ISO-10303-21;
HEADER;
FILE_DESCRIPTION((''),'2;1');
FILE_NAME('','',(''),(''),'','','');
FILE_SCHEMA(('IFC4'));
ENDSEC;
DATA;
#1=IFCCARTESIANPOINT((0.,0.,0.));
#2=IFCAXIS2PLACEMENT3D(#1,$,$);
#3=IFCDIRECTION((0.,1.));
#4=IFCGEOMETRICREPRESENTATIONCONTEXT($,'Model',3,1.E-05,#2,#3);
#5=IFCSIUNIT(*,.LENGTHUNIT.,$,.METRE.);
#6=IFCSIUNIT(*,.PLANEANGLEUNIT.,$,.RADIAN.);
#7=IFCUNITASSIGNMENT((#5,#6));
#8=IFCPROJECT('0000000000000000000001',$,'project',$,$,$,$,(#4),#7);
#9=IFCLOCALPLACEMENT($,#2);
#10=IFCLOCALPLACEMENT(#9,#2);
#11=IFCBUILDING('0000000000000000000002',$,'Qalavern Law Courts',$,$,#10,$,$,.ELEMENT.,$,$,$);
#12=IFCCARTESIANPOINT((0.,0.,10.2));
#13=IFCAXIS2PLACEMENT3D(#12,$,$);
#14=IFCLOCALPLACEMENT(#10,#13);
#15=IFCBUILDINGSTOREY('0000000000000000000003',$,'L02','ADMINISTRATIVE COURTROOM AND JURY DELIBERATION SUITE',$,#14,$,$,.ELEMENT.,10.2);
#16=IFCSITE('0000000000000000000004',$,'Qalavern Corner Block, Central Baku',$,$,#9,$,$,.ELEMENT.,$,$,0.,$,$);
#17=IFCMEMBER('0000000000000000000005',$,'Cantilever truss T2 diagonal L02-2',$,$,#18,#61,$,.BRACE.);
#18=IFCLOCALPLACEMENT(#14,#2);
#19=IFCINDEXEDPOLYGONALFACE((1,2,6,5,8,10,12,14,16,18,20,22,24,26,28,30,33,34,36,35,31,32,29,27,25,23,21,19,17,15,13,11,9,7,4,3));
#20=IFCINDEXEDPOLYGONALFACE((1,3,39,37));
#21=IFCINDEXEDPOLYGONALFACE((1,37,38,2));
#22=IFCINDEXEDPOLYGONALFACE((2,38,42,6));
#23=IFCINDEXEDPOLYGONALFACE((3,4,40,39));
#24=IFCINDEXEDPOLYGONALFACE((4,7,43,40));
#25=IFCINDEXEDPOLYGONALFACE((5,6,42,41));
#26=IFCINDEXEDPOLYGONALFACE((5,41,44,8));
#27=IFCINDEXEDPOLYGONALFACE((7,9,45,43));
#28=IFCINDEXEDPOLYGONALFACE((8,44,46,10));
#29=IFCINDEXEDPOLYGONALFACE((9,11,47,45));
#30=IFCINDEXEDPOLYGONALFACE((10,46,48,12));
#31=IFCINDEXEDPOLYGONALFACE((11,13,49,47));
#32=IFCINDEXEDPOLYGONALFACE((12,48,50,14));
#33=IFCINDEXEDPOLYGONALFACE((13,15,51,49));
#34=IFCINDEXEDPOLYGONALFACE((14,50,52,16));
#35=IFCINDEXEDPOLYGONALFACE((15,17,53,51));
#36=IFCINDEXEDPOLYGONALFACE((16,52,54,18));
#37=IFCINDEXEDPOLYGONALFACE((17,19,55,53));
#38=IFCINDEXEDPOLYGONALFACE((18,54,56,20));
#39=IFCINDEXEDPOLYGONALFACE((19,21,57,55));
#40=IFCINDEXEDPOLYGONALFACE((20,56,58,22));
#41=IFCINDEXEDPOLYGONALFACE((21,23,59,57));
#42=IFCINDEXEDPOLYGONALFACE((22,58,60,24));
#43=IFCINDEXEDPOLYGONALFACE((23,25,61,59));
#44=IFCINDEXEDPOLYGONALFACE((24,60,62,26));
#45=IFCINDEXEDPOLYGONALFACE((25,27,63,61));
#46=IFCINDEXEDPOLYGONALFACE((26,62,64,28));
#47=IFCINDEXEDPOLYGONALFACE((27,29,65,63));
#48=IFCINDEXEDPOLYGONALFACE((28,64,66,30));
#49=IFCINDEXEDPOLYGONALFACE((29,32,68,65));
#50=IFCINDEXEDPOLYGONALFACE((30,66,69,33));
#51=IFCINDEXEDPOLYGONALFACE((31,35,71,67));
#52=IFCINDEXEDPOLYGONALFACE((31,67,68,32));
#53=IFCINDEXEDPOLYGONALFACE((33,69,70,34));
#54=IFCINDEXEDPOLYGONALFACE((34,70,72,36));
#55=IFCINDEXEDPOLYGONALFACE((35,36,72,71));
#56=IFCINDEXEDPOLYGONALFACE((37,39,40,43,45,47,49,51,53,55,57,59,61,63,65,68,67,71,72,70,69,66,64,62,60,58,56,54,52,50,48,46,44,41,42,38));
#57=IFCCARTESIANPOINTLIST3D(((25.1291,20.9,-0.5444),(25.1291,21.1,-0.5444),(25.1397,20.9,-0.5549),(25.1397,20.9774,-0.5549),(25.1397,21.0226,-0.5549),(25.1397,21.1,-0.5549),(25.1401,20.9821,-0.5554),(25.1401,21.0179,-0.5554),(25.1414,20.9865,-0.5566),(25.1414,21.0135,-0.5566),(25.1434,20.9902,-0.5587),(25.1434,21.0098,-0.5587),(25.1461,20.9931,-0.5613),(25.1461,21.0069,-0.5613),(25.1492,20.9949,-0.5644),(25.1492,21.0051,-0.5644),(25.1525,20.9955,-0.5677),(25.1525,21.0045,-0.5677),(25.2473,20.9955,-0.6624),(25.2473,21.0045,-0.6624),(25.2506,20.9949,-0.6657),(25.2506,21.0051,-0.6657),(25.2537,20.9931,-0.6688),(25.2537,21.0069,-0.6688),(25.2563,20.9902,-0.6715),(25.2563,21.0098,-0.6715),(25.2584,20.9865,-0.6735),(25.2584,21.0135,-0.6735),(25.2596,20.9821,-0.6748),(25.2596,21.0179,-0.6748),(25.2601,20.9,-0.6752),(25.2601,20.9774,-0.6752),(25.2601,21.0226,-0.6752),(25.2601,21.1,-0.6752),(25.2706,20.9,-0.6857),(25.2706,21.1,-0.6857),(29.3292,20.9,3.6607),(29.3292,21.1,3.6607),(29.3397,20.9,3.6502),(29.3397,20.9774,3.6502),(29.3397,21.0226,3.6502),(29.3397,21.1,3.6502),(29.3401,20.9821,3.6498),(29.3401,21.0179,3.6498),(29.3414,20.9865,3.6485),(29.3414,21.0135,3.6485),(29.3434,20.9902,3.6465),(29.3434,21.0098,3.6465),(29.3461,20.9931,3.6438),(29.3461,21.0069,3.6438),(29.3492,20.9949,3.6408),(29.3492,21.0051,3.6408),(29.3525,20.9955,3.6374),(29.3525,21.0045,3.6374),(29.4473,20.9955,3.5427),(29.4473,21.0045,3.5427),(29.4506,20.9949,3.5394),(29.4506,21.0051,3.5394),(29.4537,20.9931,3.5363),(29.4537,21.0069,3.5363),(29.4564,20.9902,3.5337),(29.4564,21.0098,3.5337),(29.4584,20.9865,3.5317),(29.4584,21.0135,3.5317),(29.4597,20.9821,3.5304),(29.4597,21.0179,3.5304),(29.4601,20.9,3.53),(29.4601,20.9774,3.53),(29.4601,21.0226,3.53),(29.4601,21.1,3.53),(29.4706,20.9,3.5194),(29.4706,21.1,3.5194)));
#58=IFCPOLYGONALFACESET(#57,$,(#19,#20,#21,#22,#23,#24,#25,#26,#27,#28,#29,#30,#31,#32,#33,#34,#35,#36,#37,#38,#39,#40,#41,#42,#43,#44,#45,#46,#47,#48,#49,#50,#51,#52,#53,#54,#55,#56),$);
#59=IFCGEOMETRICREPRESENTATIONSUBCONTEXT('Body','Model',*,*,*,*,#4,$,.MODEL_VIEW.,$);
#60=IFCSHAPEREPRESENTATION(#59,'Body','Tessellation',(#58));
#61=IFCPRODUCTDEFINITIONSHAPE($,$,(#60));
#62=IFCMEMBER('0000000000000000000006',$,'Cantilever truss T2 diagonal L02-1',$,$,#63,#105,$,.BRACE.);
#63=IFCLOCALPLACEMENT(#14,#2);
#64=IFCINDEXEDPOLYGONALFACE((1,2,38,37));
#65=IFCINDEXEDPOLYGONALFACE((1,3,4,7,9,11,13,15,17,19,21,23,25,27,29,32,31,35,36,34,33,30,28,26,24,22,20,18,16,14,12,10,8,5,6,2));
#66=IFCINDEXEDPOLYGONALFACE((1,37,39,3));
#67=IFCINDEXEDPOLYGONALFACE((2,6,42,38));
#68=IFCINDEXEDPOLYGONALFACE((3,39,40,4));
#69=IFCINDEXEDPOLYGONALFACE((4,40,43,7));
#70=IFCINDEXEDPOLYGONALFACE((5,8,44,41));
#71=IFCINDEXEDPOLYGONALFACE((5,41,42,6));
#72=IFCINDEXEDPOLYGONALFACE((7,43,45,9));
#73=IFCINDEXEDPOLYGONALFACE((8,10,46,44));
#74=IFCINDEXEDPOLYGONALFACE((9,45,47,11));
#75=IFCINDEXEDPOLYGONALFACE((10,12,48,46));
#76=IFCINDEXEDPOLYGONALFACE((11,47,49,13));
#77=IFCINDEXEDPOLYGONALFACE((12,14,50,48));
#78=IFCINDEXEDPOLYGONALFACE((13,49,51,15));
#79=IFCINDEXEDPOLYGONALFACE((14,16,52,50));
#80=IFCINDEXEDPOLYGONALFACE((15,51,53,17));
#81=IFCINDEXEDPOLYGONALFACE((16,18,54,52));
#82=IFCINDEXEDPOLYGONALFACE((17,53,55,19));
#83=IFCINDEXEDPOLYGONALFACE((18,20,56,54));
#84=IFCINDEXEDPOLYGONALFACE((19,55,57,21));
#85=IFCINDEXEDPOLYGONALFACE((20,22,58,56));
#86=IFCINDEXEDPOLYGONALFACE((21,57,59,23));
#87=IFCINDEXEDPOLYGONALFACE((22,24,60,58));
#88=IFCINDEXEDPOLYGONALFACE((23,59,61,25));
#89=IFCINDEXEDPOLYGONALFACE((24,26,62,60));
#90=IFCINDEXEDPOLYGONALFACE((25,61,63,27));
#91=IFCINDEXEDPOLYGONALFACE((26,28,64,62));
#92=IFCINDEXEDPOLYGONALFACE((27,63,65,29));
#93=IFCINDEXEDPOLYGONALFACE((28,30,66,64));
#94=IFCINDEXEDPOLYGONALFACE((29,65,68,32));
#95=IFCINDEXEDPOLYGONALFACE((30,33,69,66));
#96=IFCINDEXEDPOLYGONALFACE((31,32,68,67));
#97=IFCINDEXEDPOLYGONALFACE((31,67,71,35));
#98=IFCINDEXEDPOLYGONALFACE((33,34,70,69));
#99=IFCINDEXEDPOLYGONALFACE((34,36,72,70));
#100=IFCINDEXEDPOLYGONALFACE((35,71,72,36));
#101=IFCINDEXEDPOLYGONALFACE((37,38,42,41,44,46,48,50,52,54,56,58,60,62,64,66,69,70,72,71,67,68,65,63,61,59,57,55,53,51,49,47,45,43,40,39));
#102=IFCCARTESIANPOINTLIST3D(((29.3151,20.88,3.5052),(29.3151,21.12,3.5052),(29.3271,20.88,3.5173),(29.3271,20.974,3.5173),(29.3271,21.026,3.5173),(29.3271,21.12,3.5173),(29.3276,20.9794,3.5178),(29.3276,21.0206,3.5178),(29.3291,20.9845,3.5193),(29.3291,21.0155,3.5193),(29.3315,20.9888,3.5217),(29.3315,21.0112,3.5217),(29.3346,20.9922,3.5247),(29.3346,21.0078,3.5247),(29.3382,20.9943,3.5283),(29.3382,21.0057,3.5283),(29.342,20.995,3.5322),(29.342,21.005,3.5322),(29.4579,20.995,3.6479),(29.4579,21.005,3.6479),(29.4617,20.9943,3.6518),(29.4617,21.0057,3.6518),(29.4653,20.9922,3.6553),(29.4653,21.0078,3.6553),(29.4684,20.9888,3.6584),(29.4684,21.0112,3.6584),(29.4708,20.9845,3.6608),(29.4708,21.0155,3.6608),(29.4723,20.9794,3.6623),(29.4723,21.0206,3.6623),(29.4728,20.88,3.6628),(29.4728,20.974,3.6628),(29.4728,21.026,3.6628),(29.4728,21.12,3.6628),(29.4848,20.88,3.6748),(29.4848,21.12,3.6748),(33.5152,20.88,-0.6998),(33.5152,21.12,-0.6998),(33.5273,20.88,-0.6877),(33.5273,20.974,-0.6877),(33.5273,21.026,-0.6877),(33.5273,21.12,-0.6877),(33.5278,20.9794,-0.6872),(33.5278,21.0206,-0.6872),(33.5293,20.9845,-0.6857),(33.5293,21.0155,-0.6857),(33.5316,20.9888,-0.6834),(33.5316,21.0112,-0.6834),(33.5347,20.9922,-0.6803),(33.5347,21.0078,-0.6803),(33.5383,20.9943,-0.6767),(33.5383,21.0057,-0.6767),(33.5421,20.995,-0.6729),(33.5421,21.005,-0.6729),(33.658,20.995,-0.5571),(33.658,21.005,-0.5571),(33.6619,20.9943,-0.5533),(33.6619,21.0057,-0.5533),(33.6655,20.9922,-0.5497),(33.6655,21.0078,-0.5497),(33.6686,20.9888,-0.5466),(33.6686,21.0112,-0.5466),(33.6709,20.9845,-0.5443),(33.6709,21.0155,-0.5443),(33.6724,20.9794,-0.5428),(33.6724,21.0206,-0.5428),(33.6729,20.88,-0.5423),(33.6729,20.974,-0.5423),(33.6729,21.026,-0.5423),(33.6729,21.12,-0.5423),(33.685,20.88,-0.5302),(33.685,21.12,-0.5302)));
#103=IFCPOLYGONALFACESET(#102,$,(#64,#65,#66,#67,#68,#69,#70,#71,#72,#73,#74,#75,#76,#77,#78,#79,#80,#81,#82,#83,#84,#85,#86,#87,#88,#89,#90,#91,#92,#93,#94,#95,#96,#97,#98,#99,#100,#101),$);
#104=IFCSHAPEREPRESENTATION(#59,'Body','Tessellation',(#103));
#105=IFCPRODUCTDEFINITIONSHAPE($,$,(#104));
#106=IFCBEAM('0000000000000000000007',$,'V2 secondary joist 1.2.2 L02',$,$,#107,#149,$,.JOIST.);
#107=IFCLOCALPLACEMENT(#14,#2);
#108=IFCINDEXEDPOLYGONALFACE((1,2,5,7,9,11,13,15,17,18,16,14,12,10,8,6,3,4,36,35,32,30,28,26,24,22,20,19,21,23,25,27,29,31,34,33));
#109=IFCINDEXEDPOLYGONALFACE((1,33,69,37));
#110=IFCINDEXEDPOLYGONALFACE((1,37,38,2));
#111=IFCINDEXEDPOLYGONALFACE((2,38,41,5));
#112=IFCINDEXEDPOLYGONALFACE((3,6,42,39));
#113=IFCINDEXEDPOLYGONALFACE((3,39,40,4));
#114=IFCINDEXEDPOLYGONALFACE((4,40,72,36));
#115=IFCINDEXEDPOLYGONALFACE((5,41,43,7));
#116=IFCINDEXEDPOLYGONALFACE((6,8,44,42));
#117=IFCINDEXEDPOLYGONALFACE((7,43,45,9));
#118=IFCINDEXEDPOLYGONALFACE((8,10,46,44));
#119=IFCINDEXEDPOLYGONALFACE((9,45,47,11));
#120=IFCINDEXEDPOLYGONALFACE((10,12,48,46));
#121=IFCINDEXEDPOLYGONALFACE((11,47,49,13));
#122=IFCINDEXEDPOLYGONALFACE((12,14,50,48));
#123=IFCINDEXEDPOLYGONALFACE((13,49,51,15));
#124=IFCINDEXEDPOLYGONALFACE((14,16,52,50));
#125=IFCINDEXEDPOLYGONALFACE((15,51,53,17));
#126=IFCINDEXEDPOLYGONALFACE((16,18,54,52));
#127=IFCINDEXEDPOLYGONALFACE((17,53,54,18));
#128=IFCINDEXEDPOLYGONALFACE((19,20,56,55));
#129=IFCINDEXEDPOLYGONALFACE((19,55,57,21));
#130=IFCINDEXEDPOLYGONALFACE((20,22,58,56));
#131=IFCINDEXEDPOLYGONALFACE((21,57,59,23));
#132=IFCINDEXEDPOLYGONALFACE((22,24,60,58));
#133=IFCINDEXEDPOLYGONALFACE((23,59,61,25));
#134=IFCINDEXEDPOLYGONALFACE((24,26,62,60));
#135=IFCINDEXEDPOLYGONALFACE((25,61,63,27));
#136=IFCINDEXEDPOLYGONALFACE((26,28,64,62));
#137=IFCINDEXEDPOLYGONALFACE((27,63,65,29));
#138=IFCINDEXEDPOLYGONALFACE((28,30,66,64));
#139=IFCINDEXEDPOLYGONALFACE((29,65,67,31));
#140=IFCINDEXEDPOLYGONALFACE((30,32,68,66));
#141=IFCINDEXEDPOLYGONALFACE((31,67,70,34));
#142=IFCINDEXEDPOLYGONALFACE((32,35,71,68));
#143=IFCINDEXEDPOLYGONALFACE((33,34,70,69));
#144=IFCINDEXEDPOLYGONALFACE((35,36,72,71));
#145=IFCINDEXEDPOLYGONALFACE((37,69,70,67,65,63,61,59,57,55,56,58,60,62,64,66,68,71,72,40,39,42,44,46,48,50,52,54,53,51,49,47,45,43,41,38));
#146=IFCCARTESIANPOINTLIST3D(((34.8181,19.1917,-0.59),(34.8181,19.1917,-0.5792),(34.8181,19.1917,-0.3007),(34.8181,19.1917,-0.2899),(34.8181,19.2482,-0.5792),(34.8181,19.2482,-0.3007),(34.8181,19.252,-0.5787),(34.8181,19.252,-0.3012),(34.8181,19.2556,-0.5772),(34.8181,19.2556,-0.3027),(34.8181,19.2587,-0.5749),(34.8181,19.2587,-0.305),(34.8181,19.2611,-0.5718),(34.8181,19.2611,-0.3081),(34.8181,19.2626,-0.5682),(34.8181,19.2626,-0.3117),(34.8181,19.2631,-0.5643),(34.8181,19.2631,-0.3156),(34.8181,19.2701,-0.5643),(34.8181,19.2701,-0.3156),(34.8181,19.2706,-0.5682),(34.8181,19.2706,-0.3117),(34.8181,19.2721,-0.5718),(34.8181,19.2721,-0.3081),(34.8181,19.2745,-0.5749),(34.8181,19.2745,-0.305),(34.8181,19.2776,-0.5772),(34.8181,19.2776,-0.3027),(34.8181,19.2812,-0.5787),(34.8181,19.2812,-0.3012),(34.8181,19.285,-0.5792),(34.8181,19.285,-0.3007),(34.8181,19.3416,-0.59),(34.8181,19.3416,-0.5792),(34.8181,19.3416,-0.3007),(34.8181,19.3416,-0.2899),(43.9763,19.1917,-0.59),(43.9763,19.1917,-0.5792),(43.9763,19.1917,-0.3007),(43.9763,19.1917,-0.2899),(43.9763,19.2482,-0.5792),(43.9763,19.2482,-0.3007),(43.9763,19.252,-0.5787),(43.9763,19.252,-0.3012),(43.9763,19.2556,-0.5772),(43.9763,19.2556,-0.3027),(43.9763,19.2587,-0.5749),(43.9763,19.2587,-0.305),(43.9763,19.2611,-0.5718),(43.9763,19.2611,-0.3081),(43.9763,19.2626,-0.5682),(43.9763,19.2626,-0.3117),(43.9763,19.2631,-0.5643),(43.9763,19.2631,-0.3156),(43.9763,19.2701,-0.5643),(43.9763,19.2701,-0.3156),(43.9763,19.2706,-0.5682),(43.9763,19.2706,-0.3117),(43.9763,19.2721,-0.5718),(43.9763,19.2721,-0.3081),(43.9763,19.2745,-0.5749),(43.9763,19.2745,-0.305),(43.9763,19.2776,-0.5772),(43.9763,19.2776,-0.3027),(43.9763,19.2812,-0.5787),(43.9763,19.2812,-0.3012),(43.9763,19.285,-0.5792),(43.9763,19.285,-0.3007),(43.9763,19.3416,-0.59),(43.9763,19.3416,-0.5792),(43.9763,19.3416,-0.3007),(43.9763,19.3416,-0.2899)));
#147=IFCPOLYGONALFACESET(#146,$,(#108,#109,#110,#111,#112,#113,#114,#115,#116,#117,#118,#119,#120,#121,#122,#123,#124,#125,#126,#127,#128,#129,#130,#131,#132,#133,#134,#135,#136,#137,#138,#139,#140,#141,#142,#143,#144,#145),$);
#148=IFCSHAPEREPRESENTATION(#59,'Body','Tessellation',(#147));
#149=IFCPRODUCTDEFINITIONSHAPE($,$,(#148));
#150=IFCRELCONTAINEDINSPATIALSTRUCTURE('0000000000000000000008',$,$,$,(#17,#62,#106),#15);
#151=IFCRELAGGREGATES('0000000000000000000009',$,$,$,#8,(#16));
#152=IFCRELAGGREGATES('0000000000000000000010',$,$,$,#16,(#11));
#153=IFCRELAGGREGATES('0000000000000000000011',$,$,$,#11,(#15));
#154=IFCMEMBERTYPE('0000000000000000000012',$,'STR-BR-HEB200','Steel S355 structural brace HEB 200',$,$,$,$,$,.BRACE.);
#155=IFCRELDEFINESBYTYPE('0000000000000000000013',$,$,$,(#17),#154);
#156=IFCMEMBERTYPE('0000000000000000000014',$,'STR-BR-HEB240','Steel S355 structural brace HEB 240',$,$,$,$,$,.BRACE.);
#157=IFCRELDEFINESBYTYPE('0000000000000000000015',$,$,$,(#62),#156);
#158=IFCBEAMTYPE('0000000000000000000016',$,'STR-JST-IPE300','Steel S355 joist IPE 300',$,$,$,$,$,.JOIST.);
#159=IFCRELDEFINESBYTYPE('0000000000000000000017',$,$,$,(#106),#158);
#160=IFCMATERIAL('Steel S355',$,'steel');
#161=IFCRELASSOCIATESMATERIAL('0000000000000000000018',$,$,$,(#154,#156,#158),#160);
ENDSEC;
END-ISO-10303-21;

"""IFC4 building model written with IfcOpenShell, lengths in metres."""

from ifc_helpers import new_model, si_unit, direction, frame, origin, origin_2d, place, context, subcontext, project, spatial, i_section, extrude, material, material_profile, profile_set, type_object, element, save


model = new_model("IFC4")

# Units and contexts
model_context = context("Model", 3, precision=1e-05, world=origin(), true_north=direction((0.0, 1.0)))
body_context = subcontext(model_context, "Body", "Model", "MODEL_VIEW")
ifc_project = project(units=[si_unit("LENGTHUNIT", "METRE"), si_unit("PLANEANGLEUNIT", "RADIAN")], contexts=[model_context])

# Site, building, storey
site_placement = place(None, origin())
site = spatial("IfcSite", under=ifc_project, at=site_placement, Name="Qalavern Corner Block, Central Baku", CompositionType="ELEMENT", RefElevation=0.0)
building_placement = place(site_placement, origin())
building = spatial("IfcBuilding", under=site, at=building_placement, Name="Qalavern Law Courts", CompositionType="ELEMENT")
storey_placement = place(building_placement, frame((0.0, 0.0, 10.2)))
storey = spatial("IfcBuildingStorey", under=building, at=storey_placement, Name="L02", Description="ADMINISTRATIVE COURTROOM AND JURY DELIBERATION SUITE", CompositionType="ELEMENT", Elevation=10.2)

# Shared definitions
ifc_material_1 = material(Name="Steel S355", Category="steel")

# Members
ifc_material_profile_1 = material_profile(ifc_material_1, i_section(OverallWidth=0.2, OverallDepth=0.2, WebThickness=0.009, FlangeThickness=0.0149, FilletRadius=0.0181, at=origin_2d()), Name="HEB 200")
ifc_profile_set_1 = profile_set([ifc_material_profile_1], Name="Steel S355")
member_type_1 = type_object("IfcMemberType", Name="STR-BR-HEB200", Description="Steel S355 structural brace HEB 200", PredefinedType="BRACE", material=ifc_profile_set_1)
member_1_placement = place(storey_placement, frame((29.3999, 21.0, 3.5901), z_axis=(-0.706675, 0.0, -0.707538), x_axis=(0.0, -1.0, 0.0)))
element("IfcMember", 1, at=member_1_placement, inside=storey, type_object=member_type_1, Name="Cantilever truss T2 diagonal L02-2", PredefinedType="BRACE", context=body_context, shape_type="SweptSolid", body=[
    extrude(i_section(OverallWidth=0.2, OverallDepth=0.2, WebThickness=0.009, FlangeThickness=0.0149, FilletRadius=0.0181, at=origin_2d()), origin(), (0.0, 0.0, 1.0), 5.9434),
])
ifc_material_profile_2 = material_profile(ifc_material_1, i_section(OverallWidth=0.24, OverallDepth=0.24, WebThickness=0.01, FlangeThickness=0.0171, FilletRadius=0.021, at=origin_2d()), Name="HEB 240")
ifc_profile_set_2 = profile_set([ifc_material_profile_2], Name="Steel S355")
member_type_2 = type_object("IfcMemberType", Name="STR-BR-HEB240", Description="Steel S355 structural brace HEB 240", PredefinedType="BRACE", material=ifc_profile_set_2)
member_2_placement = place(storey_placement, frame((33.6001, 21.0, -0.615), z_axis=(-0.706696, 0.0, 0.707517), x_axis=(0.0, -1.0, 0.0)))
element("IfcMember", 2, at=member_2_placement, inside=storey, type_object=member_type_2, Name="Cantilever truss T2 diagonal L02-1", PredefinedType="BRACE", context=body_context, shape_type="SweptSolid", body=[
    extrude(i_section(OverallWidth=0.24, OverallDepth=0.24, WebThickness=0.01, FlangeThickness=0.0171, FilletRadius=0.021, at=origin_2d()), origin(), (0.0, 0.0, 1.0), 5.9434),
])

# Beam
ifc_material_profile_3 = material_profile(ifc_material_1, i_section(OverallWidth=0.1499, OverallDepth=0.3, WebThickness=0.0071, FlangeThickness=0.0107, FilletRadius=0.0149, at=origin_2d()), Name="IPE 300")
ifc_profile_set_3 = profile_set([ifc_material_profile_3], Name="Steel S355")
beam_type_1 = type_object("IfcBeamType", Name="STR-JST-IPE300", Description="Steel S355 joist IPE 300", PredefinedType="JOIST", material=ifc_profile_set_3)
beam_1_placement = place(storey_placement, frame((34.8181, 19.2666, -0.4399), z_axis=(1.0, 0.0, 0.0), x_axis=(0.0, 1.0, 0.0)))
element("IfcBeam", 3, at=beam_1_placement, inside=storey, type_object=beam_type_1, Name="V2 secondary joist 1.2.2 L02", PredefinedType="JOIST", context=body_context, shape_type="SweptSolid", body=[
    extrude(i_section(OverallWidth=0.1499, OverallDepth=0.3, WebThickness=0.0071, FlangeThickness=0.0107, FilletRadius=0.0149, at=origin_2d()), origin(), (0.0, 0.0, 1.0), 9.1582),
])

save(model, "model.ifc")
